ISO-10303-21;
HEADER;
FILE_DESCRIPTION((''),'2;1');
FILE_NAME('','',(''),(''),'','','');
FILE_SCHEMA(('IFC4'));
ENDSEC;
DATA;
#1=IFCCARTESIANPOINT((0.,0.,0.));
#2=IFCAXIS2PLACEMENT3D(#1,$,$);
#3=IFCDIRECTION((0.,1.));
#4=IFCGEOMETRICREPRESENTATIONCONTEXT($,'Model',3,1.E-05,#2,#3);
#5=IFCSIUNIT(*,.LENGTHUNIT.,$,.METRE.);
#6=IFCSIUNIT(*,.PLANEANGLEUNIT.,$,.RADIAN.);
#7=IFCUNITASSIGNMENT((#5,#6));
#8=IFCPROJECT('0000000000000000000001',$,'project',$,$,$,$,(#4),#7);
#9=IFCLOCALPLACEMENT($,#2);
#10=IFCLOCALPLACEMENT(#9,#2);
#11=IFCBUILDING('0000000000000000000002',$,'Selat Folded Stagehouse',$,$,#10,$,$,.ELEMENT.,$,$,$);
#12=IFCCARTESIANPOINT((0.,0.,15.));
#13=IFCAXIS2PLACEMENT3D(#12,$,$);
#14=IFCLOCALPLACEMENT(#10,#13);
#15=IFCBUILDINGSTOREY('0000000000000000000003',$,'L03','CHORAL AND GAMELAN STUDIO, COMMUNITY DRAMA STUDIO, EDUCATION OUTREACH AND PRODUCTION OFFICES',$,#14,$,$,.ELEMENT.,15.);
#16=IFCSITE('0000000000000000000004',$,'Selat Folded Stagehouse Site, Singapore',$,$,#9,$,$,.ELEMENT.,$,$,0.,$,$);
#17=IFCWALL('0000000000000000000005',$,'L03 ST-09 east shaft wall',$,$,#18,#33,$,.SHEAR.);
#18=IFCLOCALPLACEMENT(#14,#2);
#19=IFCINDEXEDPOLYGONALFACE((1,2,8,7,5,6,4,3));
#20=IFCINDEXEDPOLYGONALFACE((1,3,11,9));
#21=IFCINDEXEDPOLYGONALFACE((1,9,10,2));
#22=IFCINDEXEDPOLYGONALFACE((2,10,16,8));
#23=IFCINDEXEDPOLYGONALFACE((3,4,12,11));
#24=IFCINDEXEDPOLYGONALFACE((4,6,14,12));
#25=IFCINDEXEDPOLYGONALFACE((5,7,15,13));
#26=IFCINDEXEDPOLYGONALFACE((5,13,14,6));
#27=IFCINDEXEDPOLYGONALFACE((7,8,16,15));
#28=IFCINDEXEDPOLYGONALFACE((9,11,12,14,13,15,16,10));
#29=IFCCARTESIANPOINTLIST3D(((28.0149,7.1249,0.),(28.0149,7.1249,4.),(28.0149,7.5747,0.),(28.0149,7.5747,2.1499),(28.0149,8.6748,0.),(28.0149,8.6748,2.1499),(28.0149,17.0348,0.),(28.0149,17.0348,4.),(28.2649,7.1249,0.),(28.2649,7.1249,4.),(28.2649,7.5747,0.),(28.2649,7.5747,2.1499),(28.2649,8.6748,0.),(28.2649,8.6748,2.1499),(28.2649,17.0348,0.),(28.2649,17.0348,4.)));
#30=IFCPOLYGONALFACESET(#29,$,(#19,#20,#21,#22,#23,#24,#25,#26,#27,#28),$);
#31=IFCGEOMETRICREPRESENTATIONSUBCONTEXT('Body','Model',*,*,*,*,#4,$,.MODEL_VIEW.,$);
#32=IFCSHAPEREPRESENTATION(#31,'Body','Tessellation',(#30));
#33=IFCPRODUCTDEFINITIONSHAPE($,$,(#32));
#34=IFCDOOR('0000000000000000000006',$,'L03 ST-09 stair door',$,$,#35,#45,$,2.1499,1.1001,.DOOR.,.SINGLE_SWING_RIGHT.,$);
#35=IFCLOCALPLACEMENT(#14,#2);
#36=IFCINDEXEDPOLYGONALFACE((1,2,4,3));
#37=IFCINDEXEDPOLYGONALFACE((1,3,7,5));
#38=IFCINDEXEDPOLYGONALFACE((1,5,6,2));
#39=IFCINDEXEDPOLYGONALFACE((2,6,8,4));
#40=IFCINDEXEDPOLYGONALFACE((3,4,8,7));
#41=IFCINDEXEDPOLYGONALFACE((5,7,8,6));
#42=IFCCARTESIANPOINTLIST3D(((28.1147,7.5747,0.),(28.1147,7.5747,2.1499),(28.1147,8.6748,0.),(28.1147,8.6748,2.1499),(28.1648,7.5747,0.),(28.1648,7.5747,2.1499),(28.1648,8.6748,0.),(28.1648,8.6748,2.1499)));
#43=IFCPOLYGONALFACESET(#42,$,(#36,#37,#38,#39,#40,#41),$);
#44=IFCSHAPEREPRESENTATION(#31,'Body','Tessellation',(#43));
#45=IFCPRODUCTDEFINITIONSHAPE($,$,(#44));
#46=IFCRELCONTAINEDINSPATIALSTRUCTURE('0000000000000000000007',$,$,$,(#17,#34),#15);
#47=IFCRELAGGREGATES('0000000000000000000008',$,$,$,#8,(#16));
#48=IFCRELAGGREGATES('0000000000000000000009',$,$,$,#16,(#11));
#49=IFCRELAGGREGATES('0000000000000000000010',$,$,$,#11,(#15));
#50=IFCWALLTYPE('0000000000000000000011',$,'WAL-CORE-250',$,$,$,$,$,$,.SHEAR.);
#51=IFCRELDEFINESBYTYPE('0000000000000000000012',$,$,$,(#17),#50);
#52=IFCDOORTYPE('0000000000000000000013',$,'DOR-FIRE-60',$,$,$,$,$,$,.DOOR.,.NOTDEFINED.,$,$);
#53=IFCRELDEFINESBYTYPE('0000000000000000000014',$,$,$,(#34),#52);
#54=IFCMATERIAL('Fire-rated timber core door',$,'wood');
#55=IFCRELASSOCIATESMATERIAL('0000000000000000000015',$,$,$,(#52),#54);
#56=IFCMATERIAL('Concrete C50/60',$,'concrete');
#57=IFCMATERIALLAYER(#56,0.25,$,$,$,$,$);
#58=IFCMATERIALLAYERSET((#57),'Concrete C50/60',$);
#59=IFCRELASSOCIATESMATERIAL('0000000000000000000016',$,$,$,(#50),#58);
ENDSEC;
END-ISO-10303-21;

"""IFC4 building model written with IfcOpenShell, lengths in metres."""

from ifc_helpers import new_model, si_unit, direction, frame, frame_2d, origin, place, context, subcontext, project, spatial, rectangle, extrude, material, layer, layer_set, type_object, element, fill, save


model = new_model("IFC4")

# Units and contexts
model_context = context("Model", 3, precision=1e-05, world=origin(), true_north=direction((0.0, 1.0)))
body_context = subcontext(model_context, "Body", "Model", "MODEL_VIEW")
ifc_project = project(units=[si_unit("LENGTHUNIT", "METRE"), si_unit("PLANEANGLEUNIT", "RADIAN")], contexts=[model_context])

# Site, building, storey
site_placement = place(None, origin())
site = spatial("IfcSite", under=ifc_project, at=site_placement, Name="Selat Folded Stagehouse Site, Singapore", CompositionType="ELEMENT", RefElevation=0.0)
building_placement = place(site_placement, origin())
building = spatial("IfcBuilding", under=site, at=building_placement, Name="Selat Folded Stagehouse", CompositionType="ELEMENT")
storey_placement = place(building_placement, frame((0.0, 0.0, 15.0)))
storey = spatial("IfcBuildingStorey", under=building, at=storey_placement, Name="L03", Description="CHORAL AND GAMELAN STUDIO, COMMUNITY DRAMA STUDIO, EDUCATION OUTREACH AND PRODUCTION OFFICES", CompositionType="ELEMENT", Elevation=15.0)

# Shared definitions
ifc_material_1 = material(Name="Fire-rated timber core door", Category="wood")
door_type = type_object("IfcDoorType", Name="DOR-FIRE-60", OperationType="NOTDEFINED", PredefinedType="DOOR", material=ifc_material_1)

# Shared definitions
ifc_material_2 = material(Name="Concrete C50/60", Category="concrete")
ifc_layer_1 = layer(ifc_material_2, 0.25)
ifc_layer_set_1 = layer_set([ifc_layer_1], Name="Concrete C50/60")
wall_type_1 = type_object("IfcWallType", Name="WAL-CORE-250", PredefinedType="SHEAR", material=ifc_layer_set_1)

# Wall, opening, door
wall_1_placement = place(storey_placement, frame((28.1399, 17.0349, 0.0), z_axis=(0.0, 0.0, 1.0), x_axis=(0.0, -1.0, 0.0)))
wall_1 = element("IfcWall", 1, at=wall_1_placement, inside=storey, type_object=wall_type_1, Name="L03 ST-09 east shaft wall", PredefinedType="SHEAR", context=body_context, shape_type="SweptSolid", body=[
    extrude(rectangle(XDim=9.9099, YDim=0.25, at=frame_2d((4.9551, 0.0))), origin(), (0.0, 0.0, 1.0), 4.0),
])
opening_1_placement = place(wall_1_placement, frame((8.3601, 0.0, 0.0)))
opening_1 = element("IfcOpeningElement", 2, at=opening_1_placement, cuts=wall_1, PredefinedType="OPENING", context=body_context, shape_type="SweptSolid", body=[
    extrude(rectangle(XDim=1.1001, YDim=2.1499, at=frame_2d((0.55, 1.075))), frame((0.0, 0.135, 0.0), z_axis=(0.0, -1.0, 0.0), x_axis=(1.0, 0.0, 0.0)), (0.0, 0.0, 1.0), 0.27),
])
door_1_placement = place(opening_1_placement, origin())
door_1 = element("IfcDoor", 3, at=door_1_placement, inside=storey, type_object=door_type, Name="L03 ST-09 stair door", OperationType="SINGLE_SWING_RIGHT", OverallHeight=2.1499, OverallWidth=1.1001, PredefinedType="DOOR", context=body_context, shape_type="SweptSolid", body=[
    extrude(rectangle(XDim=1.1001, YDim=2.1499, at=frame_2d((0.55, 1.075))), frame((0.0, 0.0249, 0.0), z_axis=(0.0, -1.0, 0.0), x_axis=(1.0, 0.0, 0.0)), (0.0, 0.0, 1.0), 0.05),
])
fill(opening_1, door_1)

save(model, "model.ifc")
